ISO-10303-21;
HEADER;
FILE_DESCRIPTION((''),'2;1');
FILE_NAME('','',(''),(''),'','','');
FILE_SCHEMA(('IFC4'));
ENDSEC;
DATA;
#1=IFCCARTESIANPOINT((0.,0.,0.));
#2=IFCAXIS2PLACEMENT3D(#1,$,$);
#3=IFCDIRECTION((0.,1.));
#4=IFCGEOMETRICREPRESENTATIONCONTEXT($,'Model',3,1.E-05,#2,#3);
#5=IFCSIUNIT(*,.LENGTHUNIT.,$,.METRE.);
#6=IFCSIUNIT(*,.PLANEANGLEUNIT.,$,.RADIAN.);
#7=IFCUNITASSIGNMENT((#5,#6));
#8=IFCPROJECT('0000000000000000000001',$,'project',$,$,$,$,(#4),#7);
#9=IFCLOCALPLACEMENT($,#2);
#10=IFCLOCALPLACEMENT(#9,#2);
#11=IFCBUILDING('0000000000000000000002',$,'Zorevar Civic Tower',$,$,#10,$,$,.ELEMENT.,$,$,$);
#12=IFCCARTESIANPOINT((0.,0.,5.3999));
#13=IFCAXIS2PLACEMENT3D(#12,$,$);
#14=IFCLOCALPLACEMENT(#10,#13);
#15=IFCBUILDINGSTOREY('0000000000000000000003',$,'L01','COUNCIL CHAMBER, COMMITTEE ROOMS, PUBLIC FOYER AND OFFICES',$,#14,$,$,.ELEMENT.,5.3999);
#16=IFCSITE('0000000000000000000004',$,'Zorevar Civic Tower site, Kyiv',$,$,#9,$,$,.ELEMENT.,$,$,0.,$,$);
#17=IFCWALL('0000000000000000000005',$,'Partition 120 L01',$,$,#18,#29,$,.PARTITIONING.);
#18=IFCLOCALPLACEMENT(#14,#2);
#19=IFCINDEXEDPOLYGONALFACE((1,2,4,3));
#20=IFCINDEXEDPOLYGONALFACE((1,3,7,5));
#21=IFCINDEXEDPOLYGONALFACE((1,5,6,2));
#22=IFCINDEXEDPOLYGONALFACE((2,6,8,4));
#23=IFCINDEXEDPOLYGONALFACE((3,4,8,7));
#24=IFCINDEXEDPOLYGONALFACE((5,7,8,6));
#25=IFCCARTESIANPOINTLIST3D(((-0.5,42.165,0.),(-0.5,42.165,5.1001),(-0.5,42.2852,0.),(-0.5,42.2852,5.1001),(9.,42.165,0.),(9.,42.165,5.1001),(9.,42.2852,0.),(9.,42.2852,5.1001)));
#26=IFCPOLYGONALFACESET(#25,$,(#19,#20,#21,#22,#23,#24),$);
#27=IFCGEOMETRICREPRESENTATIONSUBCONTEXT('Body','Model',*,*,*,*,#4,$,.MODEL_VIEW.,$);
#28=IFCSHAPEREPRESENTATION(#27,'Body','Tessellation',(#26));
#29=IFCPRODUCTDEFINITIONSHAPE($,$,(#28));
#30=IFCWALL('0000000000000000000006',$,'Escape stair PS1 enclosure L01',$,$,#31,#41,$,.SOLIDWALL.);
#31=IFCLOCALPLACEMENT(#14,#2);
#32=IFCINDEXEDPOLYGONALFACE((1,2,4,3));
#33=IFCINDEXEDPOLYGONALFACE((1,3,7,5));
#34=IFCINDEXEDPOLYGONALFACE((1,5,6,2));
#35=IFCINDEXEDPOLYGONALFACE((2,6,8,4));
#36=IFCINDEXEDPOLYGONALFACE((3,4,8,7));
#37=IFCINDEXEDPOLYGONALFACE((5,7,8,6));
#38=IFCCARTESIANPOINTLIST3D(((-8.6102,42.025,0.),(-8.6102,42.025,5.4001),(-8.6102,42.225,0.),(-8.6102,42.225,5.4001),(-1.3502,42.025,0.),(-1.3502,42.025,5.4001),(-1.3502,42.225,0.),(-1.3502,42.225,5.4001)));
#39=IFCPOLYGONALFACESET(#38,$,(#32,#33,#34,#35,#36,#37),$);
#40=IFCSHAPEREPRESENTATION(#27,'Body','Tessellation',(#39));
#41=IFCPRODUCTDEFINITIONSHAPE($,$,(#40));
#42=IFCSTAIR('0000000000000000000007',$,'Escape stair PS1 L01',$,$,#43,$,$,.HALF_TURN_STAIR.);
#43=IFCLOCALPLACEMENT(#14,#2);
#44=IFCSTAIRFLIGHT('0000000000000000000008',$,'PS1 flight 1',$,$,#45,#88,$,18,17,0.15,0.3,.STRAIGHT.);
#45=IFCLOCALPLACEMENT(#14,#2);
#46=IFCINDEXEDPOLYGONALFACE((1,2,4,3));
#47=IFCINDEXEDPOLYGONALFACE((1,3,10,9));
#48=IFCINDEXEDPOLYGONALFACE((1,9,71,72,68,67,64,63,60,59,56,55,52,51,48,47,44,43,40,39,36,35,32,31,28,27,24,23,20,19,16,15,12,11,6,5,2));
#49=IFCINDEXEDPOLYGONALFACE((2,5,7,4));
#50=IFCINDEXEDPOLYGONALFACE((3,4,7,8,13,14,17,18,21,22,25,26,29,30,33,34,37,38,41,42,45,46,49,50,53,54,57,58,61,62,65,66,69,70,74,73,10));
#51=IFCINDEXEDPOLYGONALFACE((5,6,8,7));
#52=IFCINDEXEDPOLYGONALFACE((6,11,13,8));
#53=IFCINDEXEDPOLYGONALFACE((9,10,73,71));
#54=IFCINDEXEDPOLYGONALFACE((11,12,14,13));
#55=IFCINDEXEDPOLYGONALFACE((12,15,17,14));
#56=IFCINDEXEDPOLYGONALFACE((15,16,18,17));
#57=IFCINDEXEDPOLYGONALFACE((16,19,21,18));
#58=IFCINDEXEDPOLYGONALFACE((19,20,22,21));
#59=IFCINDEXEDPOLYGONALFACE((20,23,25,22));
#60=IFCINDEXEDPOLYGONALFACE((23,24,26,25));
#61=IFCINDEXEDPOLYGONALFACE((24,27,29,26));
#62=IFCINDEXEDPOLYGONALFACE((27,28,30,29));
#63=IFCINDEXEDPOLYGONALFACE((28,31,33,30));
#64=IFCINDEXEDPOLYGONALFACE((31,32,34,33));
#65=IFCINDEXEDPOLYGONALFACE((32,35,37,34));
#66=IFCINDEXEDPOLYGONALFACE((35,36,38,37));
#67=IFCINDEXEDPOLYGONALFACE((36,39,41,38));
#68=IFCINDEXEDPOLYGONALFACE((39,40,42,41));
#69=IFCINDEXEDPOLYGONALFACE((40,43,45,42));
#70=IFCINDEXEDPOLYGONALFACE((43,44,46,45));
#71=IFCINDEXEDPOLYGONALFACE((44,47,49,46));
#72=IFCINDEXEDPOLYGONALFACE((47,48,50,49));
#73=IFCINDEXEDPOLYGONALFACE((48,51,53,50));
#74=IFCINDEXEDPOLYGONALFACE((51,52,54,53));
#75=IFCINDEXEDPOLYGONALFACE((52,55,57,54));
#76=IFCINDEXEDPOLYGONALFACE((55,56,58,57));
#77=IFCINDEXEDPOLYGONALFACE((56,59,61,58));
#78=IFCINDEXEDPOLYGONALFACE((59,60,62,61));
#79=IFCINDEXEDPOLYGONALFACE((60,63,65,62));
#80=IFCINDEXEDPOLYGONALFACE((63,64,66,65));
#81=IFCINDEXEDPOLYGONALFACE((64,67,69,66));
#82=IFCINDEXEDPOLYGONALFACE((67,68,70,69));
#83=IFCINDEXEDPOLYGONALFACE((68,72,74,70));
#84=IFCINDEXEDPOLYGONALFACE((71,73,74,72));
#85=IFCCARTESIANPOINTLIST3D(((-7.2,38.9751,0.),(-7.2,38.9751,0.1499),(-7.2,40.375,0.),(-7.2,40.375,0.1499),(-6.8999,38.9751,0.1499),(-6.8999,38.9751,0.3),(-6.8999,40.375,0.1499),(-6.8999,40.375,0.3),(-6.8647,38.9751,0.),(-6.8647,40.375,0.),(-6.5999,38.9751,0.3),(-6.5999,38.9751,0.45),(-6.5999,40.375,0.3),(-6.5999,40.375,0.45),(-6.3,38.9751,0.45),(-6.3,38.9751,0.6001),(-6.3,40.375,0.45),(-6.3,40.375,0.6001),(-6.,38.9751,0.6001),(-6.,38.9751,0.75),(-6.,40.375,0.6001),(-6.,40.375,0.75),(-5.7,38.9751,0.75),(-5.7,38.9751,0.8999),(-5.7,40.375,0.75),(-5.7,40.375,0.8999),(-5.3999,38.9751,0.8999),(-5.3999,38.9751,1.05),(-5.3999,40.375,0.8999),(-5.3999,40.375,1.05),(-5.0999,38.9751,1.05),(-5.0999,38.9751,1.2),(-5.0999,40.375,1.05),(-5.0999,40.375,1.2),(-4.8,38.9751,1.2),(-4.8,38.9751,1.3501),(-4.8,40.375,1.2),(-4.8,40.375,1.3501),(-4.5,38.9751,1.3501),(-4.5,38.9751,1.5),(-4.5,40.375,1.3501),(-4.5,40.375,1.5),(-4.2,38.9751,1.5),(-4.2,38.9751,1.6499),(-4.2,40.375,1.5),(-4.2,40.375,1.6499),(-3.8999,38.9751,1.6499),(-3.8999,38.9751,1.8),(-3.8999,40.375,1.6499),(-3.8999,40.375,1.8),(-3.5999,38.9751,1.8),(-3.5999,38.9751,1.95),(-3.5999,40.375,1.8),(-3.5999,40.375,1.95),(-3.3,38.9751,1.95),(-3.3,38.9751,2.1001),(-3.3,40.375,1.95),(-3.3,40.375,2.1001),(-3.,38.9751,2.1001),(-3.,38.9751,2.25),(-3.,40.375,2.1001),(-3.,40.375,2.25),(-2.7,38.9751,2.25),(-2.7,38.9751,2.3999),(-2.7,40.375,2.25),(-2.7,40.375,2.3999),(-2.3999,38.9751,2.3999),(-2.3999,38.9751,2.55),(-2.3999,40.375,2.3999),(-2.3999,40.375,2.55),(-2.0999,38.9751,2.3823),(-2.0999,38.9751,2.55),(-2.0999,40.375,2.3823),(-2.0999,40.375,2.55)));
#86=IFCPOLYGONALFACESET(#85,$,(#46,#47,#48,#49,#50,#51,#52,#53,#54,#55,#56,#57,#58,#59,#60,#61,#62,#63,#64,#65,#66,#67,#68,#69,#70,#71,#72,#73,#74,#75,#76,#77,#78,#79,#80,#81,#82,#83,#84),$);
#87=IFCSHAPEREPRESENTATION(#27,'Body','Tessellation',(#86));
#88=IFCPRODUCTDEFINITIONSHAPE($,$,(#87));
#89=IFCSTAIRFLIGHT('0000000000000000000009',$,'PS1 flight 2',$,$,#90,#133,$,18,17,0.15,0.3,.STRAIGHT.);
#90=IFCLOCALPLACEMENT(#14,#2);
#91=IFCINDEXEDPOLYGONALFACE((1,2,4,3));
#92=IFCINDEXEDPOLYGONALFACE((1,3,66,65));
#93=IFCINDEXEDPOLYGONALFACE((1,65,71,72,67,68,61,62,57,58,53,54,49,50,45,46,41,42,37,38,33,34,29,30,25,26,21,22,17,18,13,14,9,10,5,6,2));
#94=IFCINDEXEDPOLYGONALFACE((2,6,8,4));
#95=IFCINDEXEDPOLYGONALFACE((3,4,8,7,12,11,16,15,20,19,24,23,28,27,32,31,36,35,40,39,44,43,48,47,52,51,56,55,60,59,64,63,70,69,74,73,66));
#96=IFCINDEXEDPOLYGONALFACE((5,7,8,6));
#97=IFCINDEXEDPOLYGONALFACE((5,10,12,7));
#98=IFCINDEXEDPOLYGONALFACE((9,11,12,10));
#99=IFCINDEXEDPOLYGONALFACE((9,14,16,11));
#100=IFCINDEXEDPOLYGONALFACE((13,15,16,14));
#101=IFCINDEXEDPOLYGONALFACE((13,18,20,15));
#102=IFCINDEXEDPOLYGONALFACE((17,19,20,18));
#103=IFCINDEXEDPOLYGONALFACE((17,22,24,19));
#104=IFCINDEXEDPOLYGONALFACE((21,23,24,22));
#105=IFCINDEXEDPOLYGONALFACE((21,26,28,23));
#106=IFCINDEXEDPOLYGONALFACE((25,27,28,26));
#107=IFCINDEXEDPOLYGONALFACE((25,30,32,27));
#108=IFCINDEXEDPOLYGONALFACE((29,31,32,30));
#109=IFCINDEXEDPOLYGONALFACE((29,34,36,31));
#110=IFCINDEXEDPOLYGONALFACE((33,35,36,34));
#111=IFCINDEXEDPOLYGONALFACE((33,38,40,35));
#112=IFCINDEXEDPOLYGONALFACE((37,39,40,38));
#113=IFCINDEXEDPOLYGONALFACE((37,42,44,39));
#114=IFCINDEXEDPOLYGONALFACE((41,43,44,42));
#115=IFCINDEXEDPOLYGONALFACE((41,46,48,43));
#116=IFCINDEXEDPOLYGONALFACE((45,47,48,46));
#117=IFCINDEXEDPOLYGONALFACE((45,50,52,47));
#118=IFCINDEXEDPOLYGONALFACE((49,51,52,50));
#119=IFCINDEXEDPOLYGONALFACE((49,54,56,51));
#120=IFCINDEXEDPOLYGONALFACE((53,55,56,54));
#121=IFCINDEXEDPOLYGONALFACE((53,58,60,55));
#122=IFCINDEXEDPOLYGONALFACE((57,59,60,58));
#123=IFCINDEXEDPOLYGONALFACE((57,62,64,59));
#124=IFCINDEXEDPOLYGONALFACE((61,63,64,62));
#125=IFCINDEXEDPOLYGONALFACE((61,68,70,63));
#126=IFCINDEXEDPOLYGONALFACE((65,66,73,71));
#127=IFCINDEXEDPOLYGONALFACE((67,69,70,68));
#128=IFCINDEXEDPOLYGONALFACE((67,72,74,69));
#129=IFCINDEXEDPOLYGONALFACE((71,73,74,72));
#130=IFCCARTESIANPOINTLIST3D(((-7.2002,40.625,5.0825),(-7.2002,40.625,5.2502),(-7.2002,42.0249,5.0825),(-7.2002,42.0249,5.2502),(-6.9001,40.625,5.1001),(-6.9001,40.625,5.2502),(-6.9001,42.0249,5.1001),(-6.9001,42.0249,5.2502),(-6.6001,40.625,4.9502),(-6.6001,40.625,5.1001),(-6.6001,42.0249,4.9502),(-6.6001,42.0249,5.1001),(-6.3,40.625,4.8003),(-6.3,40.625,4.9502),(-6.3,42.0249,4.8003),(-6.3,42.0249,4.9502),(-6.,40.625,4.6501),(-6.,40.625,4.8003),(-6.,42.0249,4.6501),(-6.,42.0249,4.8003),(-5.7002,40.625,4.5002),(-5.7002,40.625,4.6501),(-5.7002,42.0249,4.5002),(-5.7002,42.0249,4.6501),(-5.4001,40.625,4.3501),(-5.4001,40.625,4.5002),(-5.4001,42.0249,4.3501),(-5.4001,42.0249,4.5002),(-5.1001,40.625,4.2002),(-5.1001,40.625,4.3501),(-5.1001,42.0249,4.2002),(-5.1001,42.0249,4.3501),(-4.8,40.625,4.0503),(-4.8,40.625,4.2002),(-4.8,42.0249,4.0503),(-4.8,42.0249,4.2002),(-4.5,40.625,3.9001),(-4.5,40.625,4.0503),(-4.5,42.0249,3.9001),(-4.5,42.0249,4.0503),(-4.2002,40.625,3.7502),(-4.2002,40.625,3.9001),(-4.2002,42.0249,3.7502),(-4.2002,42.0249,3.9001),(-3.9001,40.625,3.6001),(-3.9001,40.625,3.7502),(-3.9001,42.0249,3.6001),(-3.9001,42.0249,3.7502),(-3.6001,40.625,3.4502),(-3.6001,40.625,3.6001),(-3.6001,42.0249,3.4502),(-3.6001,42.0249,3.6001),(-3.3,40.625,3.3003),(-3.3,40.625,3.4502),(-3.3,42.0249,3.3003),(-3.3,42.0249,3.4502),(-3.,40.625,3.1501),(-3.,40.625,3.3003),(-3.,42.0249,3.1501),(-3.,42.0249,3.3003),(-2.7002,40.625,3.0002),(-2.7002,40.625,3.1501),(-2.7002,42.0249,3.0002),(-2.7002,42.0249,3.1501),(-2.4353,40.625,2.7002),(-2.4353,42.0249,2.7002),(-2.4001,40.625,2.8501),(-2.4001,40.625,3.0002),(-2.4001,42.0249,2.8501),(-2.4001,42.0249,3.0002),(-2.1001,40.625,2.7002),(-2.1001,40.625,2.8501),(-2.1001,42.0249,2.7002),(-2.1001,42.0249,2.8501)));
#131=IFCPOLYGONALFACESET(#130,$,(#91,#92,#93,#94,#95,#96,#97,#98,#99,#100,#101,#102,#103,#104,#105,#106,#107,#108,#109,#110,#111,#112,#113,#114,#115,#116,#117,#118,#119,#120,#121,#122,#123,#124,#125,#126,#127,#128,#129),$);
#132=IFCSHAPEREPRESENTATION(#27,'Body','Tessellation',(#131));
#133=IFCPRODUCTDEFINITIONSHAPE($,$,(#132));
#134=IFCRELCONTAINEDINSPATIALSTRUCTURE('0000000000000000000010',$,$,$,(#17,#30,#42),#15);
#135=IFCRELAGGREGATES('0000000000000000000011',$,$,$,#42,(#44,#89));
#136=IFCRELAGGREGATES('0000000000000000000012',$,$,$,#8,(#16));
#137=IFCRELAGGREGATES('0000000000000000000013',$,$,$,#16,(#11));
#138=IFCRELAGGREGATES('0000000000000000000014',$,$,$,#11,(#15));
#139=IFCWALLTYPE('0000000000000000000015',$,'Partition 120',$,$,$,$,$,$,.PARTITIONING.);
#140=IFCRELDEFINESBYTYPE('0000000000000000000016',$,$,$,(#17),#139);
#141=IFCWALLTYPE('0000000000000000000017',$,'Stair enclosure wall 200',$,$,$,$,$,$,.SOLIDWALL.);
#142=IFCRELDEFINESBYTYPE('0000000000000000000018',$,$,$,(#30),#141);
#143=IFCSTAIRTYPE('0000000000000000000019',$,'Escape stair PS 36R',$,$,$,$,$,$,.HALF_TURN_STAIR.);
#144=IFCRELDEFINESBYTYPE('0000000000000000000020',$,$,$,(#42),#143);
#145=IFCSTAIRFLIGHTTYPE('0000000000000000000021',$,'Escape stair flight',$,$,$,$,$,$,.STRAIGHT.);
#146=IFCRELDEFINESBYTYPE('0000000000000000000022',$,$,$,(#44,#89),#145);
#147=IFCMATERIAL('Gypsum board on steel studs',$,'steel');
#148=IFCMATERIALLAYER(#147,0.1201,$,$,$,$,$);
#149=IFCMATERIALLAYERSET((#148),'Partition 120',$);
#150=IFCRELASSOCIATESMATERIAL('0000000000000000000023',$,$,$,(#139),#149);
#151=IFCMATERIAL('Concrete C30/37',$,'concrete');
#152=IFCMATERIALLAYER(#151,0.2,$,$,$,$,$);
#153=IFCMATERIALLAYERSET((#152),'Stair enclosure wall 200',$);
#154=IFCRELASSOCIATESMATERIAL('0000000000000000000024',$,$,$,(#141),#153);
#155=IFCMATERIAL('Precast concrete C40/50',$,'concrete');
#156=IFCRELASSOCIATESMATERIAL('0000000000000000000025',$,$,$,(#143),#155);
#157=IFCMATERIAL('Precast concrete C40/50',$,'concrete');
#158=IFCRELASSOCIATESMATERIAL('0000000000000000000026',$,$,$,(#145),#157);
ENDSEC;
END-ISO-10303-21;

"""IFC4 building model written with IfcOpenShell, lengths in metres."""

from ifc_helpers import new_model, si_unit, direction, frame, frame_2d, origin, place, context, subcontext, project, spatial, polyline, rectangle, outline, extrude, material, layer, layer_set, type_object, element, aggregate, save


model = new_model("IFC4")

# Units and contexts
model_context = context("Model", 3, precision=1e-05, world=origin(), true_north=direction((0.0, 1.0)))
body_context = subcontext(model_context, "Body", "Model", "MODEL_VIEW")
ifc_project = project(units=[si_unit("LENGTHUNIT", "METRE"), si_unit("PLANEANGLEUNIT", "RADIAN")], contexts=[model_context])

# Site, building, storey
site_placement = place(None, origin())
site = spatial("IfcSite", under=ifc_project, at=site_placement, Name="Zorevar Civic Tower site, Kyiv", CompositionType="ELEMENT", RefElevation=0.0)
building_placement = place(site_placement, origin())
building = spatial("IfcBuilding", under=site, at=building_placement, Name="Zorevar Civic Tower", CompositionType="ELEMENT")
storey_placement = place(building_placement, frame((0.0, 0.0, 5.3999)))
storey = spatial("IfcBuildingStorey", under=building, at=storey_placement, Name="L01", Description="COUNCIL CHAMBER, COMMITTEE ROOMS, PUBLIC FOYER AND OFFICES", CompositionType="ELEMENT", Elevation=5.3999)

# Walls
ifc_material_1 = material(Name="Gypsum board on steel studs", Category="steel")
ifc_layer_1 = layer(ifc_material_1, 0.1201)
ifc_layer_set_1 = layer_set([ifc_layer_1], Name="Partition 120")
wall_type_1 = type_object("IfcWallType", Name="Partition 120", PredefinedType="PARTITIONING", material=ifc_layer_set_1)
wall_1_placement = place(storey_placement, frame((-0.5, 42.2251, 0.0), z_axis=(0.0, 0.0, 1.0), x_axis=(1.0, 0.0, 0.0)))
element("IfcWall", 1, at=wall_1_placement, inside=storey, type_object=wall_type_1, Name="Partition 120 L01", PredefinedType="PARTITIONING", context=body_context, shape_type="SweptSolid", body=[
    extrude(rectangle(XDim=9.5, YDim=0.1201, at=frame_2d((4.75, 0.0))), origin(), (0.0, 0.0, 1.0), 5.1001),
])
ifc_material_2 = material(Name="Concrete C30/37", Category="concrete")
ifc_layer_2 = layer(ifc_material_2, 0.2)
ifc_layer_set_2 = layer_set([ifc_layer_2], Name="Stair enclosure wall 200")
wall_type_2 = type_object("IfcWallType", Name="Stair enclosure wall 200", PredefinedType="SOLIDWALL", material=ifc_layer_set_2)
wall_2_placement = place(storey_placement, frame((-8.6101, 42.125, 0.0), z_axis=(0.0, 0.0, 1.0), x_axis=(1.0, 0.0, 0.0)))
element("IfcWall", 2, at=wall_2_placement, inside=storey, type_object=wall_type_2, Name="Escape stair PS1 enclosure L01", PredefinedType="SOLIDWALL", context=body_context, shape_type="SweptSolid", body=[
    extrude(rectangle(XDim=7.26, YDim=0.2, at=frame_2d((3.6299, 0.0))), origin(), (0.0, 0.0, 1.0), 5.4001),
])

# Stair, stair flights
ifc_material_3 = material(Name="Precast concrete C40/50", Category="concrete")
stair_type = type_object("IfcStairType", Name="Escape stair PS 36R", PredefinedType="HALF_TURN_STAIR", material=ifc_material_3)
stair_placement = place(storey_placement, origin())
stair = element("IfcStair", 3, at=stair_placement, inside=storey, type_object=stair_type, Name="Escape stair PS1 L01", PredefinedType="HALF_TURN_STAIR")
ifc_material_4 = material(Name="Precast concrete C40/50", Category="concrete")
stair_flight_type = type_object("IfcStairFlightType", Name="Escape stair flight", PredefinedType="STRAIGHT", material=ifc_material_4)
stair_flight_1_placement = place(storey_placement, frame((-7.2, 39.675, 0.0), z_axis=(0.0, 0.0, 1.0), x_axis=(1.0, 0.0, 0.0)))
stair_flight_1 = element("IfcStairFlight", 4, at=stair_flight_1_placement, type_object=stair_flight_type, Name="PS1 flight 1", NumberOfRisers=18, NumberOfTreads=17, PredefinedType="STRAIGHT", RiserHeight=0.15, TreadLength=0.3, context=body_context, shape_type="SweptSolid", body=[
    extrude(outline(polyline([(0.0, 0.0), (0.0, 0.1499), (0.3, 0.1499), (0.3, 0.3), (0.6001, 0.3), (0.6001, 0.45), (0.8999, 0.45), (0.8999, 0.6001), (1.2, 0.6001), (1.2, 0.75), (1.5, 0.75), (1.5, 0.8999), (1.8, 0.8999), (1.8, 1.05), (2.1001, 1.05), (2.1001, 1.2), (2.3999, 1.2), (2.3999, 1.3501), (2.7, 1.3501), (2.7, 1.5), (3.0, 1.5), (3.0, 1.6499), (3.3, 1.6499), (3.3, 1.8), (3.6001, 1.8), (3.6001, 1.95), (3.8999, 1.95), (3.8999, 2.1001), (4.2, 2.1001), (4.2, 2.25), (4.5, 2.25), (4.5, 2.3999), (4.8, 2.3999), (4.8, 2.55), (5.1001, 2.55), (5.1001, 2.7), (5.1001, 2.3823), (0.3352, 0.0), (0.0, 0.0)])), frame((0.0, 0.7, 0.0), z_axis=(0.0, -1.0, 0.0), x_axis=(1.0, 0.0, 0.0)), (0.0, 0.0, 1.0), 1.3999),
])
stair_flight_2_placement = place(storey_placement, frame((-2.1001, 41.325, 2.7002), z_axis=(0.0, 0.0, 1.0), x_axis=(-1.0, 0.0, 0.0)))
stair_flight_2 = element("IfcStairFlight", 5, at=stair_flight_2_placement, type_object=stair_flight_type, Name="PS1 flight 2", NumberOfRisers=18, NumberOfTreads=17, PredefinedType="STRAIGHT", RiserHeight=0.15, TreadLength=0.3, context=body_context, shape_type="SweptSolid", body=[
    extrude(outline(polyline([(0.0, 0.0), (0.0, 0.1499), (0.3, 0.1499), (0.3, 0.3), (0.6001, 0.3), (0.6001, 0.45), (0.8999, 0.45), (0.8999, 0.6001), (1.2, 0.6001), (1.2, 0.75), (1.5, 0.75), (1.5, 0.8999), (1.8, 0.8999), (1.8, 1.05), (2.1001, 1.05), (2.1001, 1.2), (2.3999, 1.2), (2.3999, 1.3501), (2.7, 1.3501), (2.7, 1.5), (3.0, 1.5), (3.0, 1.6499), (3.3, 1.6499), (3.3, 1.8), (3.6001, 1.8), (3.6001, 1.95), (3.8999, 1.95), (3.8999, 2.1001), (4.2, 2.1001), (4.2, 2.25), (4.5, 2.25), (4.5, 2.3999), (4.8, 2.3999), (4.8, 2.55), (5.1001, 2.55), (5.1001, 2.7), (5.1001, 2.3823), (0.3352, 0.0), (0.0, 0.0)])), frame((0.0, 0.7, 0.0), z_axis=(0.0, -1.0, 0.0), x_axis=(1.0, 0.0, 0.0)), (0.0, 0.0, 1.0), 1.3999),
])
aggregate(stair, [stair_flight_1, stair_flight_2])

save(model, "model.ifc")
